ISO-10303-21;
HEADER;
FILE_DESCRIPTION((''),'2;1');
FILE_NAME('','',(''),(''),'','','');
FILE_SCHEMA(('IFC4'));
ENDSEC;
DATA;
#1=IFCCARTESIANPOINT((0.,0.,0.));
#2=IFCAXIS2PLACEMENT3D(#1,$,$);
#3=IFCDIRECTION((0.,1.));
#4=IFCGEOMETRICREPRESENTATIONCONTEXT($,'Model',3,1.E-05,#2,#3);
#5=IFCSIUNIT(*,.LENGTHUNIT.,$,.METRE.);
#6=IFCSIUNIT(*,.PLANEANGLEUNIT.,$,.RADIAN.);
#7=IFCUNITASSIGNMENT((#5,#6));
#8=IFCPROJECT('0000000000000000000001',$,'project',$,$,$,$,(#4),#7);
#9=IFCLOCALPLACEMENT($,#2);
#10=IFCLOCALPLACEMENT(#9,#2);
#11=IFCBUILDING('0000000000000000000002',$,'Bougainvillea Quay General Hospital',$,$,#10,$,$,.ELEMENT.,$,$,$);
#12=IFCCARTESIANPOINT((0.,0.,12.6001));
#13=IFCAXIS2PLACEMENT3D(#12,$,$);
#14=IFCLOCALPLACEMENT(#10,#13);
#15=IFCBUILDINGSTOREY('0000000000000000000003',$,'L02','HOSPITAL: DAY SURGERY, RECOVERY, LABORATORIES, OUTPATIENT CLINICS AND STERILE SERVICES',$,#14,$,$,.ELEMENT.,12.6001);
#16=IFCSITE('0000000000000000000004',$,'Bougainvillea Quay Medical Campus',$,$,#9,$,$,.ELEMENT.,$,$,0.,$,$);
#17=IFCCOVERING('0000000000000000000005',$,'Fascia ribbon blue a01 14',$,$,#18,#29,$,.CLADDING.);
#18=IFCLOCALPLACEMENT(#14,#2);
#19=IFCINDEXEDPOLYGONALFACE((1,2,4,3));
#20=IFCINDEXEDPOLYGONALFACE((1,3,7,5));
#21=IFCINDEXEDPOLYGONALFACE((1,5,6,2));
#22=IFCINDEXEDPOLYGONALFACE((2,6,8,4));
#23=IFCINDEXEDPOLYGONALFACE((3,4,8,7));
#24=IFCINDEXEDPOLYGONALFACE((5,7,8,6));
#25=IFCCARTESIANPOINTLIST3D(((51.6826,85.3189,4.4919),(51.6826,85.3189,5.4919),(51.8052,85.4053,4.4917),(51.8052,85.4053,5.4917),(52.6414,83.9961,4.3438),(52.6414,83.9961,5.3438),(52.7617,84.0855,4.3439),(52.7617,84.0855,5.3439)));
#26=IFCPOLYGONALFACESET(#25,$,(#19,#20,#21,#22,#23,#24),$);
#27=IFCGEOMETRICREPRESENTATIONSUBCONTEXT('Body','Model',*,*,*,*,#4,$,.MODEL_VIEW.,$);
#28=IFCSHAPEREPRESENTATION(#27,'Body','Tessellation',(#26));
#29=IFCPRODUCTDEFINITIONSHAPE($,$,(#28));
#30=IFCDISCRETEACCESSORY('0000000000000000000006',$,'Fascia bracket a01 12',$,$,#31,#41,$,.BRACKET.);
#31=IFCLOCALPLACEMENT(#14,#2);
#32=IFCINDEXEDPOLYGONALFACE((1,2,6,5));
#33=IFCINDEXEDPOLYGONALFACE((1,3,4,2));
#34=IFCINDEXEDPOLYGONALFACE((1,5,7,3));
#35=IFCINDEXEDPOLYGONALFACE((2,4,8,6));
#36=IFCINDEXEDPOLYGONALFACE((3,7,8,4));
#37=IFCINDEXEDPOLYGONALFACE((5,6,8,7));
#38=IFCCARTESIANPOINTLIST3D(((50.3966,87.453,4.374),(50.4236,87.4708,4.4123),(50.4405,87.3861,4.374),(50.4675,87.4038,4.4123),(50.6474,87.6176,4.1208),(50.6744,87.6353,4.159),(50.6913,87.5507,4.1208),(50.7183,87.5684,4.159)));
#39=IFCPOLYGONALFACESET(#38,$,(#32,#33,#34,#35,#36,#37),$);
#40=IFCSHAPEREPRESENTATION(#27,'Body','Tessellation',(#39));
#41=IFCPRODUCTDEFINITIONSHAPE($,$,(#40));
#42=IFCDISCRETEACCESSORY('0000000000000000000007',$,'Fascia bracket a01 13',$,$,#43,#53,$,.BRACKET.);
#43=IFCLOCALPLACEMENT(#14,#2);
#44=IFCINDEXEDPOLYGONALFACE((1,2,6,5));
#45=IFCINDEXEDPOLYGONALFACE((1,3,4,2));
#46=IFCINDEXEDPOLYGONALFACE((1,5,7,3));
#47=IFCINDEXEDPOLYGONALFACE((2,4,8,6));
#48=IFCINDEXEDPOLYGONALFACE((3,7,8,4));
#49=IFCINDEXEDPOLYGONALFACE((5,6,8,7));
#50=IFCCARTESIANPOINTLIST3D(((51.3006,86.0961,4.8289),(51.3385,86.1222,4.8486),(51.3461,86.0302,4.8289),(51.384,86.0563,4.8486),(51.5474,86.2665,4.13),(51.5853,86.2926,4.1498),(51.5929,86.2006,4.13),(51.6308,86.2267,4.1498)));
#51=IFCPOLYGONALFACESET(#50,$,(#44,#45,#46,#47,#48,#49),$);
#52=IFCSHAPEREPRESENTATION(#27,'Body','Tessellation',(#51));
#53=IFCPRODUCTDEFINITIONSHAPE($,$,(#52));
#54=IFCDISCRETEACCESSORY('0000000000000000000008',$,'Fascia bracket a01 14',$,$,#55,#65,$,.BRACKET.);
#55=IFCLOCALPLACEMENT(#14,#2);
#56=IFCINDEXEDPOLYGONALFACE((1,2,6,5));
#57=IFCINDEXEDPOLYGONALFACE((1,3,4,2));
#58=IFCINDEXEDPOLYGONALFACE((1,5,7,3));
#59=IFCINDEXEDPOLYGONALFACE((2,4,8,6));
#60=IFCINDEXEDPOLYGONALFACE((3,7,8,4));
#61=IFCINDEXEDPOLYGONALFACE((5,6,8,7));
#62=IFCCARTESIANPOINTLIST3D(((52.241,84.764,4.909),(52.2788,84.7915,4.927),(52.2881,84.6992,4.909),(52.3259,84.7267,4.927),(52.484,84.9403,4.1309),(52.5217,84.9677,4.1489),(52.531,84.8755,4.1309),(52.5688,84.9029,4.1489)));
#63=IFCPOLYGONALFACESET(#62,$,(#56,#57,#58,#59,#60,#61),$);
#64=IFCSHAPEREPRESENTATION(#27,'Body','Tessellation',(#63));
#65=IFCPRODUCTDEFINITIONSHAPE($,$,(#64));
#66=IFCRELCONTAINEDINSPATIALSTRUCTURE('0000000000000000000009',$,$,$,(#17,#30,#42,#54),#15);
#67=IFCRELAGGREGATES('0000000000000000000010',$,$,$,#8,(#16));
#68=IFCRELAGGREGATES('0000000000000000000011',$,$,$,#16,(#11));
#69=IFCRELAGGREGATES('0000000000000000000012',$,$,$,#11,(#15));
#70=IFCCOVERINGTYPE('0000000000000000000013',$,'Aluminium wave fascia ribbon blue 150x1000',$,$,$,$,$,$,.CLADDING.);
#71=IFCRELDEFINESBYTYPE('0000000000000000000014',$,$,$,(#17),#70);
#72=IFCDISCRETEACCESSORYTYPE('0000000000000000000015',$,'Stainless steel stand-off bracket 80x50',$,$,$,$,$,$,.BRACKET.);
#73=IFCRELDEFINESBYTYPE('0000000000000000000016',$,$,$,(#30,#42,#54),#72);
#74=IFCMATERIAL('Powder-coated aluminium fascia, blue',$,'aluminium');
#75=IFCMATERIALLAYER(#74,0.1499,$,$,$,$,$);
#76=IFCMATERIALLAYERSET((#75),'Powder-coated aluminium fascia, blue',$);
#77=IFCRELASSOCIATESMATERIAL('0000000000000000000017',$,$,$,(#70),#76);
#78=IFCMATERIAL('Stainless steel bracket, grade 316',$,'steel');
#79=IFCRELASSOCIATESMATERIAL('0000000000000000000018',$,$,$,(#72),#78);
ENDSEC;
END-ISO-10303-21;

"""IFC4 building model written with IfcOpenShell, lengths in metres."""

from ifc_helpers import new_model, si_unit, direction, frame, origin, origin_2d, place, context, subcontext, project, spatial, polyline, rectangle, outline, extrude, material, layer, layer_set, material_profile, profile_set, type_object, element, save


model = new_model("IFC4")

# Units and contexts
model_context = context("Model", 3, precision=1e-05, world=origin(), true_north=direction((0.0, 1.0)))
body_context = subcontext(model_context, "Body", "Model", "MODEL_VIEW")
ifc_project = project(units=[si_unit("LENGTHUNIT", "METRE"), si_unit("PLANEANGLEUNIT", "RADIAN")], contexts=[model_context])

# Site, building, storey
site_placement = place(None, origin())
site = spatial("IfcSite", under=ifc_project, at=site_placement, Name="Bougainvillea Quay Medical Campus", CompositionType="ELEMENT", RefElevation=0.0)
building_placement = place(site_placement, origin())
building = spatial("IfcBuilding", under=site, at=building_placement, Name="Bougainvillea Quay General Hospital", CompositionType="ELEMENT")
storey_placement = place(building_placement, frame((0.0, 0.0, 12.6001)))
storey = spatial("IfcBuildingStorey", under=building, at=storey_placement, Name="L02", Description="HOSPITAL: DAY SURGERY, RECOVERY, LABORATORIES, OUTPATIENT CLINICS AND STERILE SERVICES", CompositionType="ELEMENT", Elevation=12.6001)

# Covering
ifc_material_1 = material(Name="Powder-coated aluminium fascia, blue", Category="aluminium")
ifc_layer_1 = layer(ifc_material_1, 0.1499)
ifc_layer_set_1 = layer_set([ifc_layer_1], Name="Powder-coated aluminium fascia, blue")
covering_type = type_object("IfcCoveringType", Name="Aluminium wave fascia ribbon blue 150x1000", PredefinedType="CLADDING", material=ifc_layer_set_1)
covering_1_placement = place(storey_placement, frame((51.8052, 85.4053, 4.4917), z_axis=(0.052933, -0.073151, 0.995915), x_axis=(0.584438, -0.806399, -0.090294)))
element("IfcCovering", 1, at=covering_1_placement, inside=storey, type_object=covering_type, Name="Fascia ribbon blue a01 14", PredefinedType="CLADDING", context=body_context, shape_type="SweptSolid", body=[
    extrude(outline(polyline([(0.0, 0.0), (1.6367, 0.0), (1.6384, -0.1499), (-0.002, -0.15), (0.0, 0.0)])), origin(), (-0.090294, 0.000067, 0.995915), 1.0),
])

# Discrete accessories
ifc_material_2 = material(Name="Stainless steel bracket, grade 316", Category="steel")
ifc_material_profile_1 = material_profile(ifc_material_2, rectangle(XDim=0.0801, YDim=0.05, at=origin_2d()))
ifc_profile_set_1 = profile_set([ifc_material_profile_1], Name="Stainless steel bracket, grade 316")
discrete_accessory_type = type_object("IfcDiscreteAccessoryType", Name="Stainless steel stand-off bracket 80x50", PredefinedType="BRACKET", material=ifc_profile_set_1)
discrete_accessory_1_placement = place(storey_placement, frame((50.6829, 87.593, 4.1399), z_axis=(-0.638841, -0.419259, 0.645061), x_axis=(0.548674, -0.836036, 0.0)))
element("IfcDiscreteAccessory", 2, at=discrete_accessory_1_placement, inside=storey, type_object=discrete_accessory_type, Name="Fascia bracket a01 12", PredefinedType="BRACKET", context=body_context, shape_type="SweptSolid", body=[
    extrude(rectangle(XDim=0.0801, YDim=0.05, at=origin_2d()), origin(), (0.0, 0.0, 1.0), 0.3926),
])
discrete_accessory_2_placement = place(storey_placement, frame((51.5891, 86.2466, 4.1399), z_axis=(-0.324511, -0.224044, 0.918965), x_axis=(0.568151, -0.822924, 0.0)))
element("IfcDiscreteAccessory", 3, at=discrete_accessory_2_placement, inside=storey, type_object=discrete_accessory_type, Name="Fascia bracket a01 13", PredefinedType="BRACKET", context=body_context, shape_type="SweptSolid", body=[
    extrude(rectangle(XDim=0.0801, YDim=0.05, at=origin_2d()), origin(), (0.0, 0.0, 1.0), 0.7605),
])
discrete_accessory_3_placement = place(storey_placement, frame((52.5264, 84.9216, 4.1399), z_axis=(-0.291286, -0.211365, 0.932994), x_axis=(0.587301, -0.809369, 0.0)))
element("IfcDiscreteAccessory", 4, at=discrete_accessory_3_placement, inside=storey, type_object=discrete_accessory_type, Name="Fascia bracket a01 14", PredefinedType="BRACKET", context=body_context, shape_type="SweptSolid", body=[
    extrude(rectangle(XDim=0.0801, YDim=0.05, at=origin_2d()), origin(), (0.0, 0.0, 1.0), 0.834),
])

save(model, "model.ifc")
